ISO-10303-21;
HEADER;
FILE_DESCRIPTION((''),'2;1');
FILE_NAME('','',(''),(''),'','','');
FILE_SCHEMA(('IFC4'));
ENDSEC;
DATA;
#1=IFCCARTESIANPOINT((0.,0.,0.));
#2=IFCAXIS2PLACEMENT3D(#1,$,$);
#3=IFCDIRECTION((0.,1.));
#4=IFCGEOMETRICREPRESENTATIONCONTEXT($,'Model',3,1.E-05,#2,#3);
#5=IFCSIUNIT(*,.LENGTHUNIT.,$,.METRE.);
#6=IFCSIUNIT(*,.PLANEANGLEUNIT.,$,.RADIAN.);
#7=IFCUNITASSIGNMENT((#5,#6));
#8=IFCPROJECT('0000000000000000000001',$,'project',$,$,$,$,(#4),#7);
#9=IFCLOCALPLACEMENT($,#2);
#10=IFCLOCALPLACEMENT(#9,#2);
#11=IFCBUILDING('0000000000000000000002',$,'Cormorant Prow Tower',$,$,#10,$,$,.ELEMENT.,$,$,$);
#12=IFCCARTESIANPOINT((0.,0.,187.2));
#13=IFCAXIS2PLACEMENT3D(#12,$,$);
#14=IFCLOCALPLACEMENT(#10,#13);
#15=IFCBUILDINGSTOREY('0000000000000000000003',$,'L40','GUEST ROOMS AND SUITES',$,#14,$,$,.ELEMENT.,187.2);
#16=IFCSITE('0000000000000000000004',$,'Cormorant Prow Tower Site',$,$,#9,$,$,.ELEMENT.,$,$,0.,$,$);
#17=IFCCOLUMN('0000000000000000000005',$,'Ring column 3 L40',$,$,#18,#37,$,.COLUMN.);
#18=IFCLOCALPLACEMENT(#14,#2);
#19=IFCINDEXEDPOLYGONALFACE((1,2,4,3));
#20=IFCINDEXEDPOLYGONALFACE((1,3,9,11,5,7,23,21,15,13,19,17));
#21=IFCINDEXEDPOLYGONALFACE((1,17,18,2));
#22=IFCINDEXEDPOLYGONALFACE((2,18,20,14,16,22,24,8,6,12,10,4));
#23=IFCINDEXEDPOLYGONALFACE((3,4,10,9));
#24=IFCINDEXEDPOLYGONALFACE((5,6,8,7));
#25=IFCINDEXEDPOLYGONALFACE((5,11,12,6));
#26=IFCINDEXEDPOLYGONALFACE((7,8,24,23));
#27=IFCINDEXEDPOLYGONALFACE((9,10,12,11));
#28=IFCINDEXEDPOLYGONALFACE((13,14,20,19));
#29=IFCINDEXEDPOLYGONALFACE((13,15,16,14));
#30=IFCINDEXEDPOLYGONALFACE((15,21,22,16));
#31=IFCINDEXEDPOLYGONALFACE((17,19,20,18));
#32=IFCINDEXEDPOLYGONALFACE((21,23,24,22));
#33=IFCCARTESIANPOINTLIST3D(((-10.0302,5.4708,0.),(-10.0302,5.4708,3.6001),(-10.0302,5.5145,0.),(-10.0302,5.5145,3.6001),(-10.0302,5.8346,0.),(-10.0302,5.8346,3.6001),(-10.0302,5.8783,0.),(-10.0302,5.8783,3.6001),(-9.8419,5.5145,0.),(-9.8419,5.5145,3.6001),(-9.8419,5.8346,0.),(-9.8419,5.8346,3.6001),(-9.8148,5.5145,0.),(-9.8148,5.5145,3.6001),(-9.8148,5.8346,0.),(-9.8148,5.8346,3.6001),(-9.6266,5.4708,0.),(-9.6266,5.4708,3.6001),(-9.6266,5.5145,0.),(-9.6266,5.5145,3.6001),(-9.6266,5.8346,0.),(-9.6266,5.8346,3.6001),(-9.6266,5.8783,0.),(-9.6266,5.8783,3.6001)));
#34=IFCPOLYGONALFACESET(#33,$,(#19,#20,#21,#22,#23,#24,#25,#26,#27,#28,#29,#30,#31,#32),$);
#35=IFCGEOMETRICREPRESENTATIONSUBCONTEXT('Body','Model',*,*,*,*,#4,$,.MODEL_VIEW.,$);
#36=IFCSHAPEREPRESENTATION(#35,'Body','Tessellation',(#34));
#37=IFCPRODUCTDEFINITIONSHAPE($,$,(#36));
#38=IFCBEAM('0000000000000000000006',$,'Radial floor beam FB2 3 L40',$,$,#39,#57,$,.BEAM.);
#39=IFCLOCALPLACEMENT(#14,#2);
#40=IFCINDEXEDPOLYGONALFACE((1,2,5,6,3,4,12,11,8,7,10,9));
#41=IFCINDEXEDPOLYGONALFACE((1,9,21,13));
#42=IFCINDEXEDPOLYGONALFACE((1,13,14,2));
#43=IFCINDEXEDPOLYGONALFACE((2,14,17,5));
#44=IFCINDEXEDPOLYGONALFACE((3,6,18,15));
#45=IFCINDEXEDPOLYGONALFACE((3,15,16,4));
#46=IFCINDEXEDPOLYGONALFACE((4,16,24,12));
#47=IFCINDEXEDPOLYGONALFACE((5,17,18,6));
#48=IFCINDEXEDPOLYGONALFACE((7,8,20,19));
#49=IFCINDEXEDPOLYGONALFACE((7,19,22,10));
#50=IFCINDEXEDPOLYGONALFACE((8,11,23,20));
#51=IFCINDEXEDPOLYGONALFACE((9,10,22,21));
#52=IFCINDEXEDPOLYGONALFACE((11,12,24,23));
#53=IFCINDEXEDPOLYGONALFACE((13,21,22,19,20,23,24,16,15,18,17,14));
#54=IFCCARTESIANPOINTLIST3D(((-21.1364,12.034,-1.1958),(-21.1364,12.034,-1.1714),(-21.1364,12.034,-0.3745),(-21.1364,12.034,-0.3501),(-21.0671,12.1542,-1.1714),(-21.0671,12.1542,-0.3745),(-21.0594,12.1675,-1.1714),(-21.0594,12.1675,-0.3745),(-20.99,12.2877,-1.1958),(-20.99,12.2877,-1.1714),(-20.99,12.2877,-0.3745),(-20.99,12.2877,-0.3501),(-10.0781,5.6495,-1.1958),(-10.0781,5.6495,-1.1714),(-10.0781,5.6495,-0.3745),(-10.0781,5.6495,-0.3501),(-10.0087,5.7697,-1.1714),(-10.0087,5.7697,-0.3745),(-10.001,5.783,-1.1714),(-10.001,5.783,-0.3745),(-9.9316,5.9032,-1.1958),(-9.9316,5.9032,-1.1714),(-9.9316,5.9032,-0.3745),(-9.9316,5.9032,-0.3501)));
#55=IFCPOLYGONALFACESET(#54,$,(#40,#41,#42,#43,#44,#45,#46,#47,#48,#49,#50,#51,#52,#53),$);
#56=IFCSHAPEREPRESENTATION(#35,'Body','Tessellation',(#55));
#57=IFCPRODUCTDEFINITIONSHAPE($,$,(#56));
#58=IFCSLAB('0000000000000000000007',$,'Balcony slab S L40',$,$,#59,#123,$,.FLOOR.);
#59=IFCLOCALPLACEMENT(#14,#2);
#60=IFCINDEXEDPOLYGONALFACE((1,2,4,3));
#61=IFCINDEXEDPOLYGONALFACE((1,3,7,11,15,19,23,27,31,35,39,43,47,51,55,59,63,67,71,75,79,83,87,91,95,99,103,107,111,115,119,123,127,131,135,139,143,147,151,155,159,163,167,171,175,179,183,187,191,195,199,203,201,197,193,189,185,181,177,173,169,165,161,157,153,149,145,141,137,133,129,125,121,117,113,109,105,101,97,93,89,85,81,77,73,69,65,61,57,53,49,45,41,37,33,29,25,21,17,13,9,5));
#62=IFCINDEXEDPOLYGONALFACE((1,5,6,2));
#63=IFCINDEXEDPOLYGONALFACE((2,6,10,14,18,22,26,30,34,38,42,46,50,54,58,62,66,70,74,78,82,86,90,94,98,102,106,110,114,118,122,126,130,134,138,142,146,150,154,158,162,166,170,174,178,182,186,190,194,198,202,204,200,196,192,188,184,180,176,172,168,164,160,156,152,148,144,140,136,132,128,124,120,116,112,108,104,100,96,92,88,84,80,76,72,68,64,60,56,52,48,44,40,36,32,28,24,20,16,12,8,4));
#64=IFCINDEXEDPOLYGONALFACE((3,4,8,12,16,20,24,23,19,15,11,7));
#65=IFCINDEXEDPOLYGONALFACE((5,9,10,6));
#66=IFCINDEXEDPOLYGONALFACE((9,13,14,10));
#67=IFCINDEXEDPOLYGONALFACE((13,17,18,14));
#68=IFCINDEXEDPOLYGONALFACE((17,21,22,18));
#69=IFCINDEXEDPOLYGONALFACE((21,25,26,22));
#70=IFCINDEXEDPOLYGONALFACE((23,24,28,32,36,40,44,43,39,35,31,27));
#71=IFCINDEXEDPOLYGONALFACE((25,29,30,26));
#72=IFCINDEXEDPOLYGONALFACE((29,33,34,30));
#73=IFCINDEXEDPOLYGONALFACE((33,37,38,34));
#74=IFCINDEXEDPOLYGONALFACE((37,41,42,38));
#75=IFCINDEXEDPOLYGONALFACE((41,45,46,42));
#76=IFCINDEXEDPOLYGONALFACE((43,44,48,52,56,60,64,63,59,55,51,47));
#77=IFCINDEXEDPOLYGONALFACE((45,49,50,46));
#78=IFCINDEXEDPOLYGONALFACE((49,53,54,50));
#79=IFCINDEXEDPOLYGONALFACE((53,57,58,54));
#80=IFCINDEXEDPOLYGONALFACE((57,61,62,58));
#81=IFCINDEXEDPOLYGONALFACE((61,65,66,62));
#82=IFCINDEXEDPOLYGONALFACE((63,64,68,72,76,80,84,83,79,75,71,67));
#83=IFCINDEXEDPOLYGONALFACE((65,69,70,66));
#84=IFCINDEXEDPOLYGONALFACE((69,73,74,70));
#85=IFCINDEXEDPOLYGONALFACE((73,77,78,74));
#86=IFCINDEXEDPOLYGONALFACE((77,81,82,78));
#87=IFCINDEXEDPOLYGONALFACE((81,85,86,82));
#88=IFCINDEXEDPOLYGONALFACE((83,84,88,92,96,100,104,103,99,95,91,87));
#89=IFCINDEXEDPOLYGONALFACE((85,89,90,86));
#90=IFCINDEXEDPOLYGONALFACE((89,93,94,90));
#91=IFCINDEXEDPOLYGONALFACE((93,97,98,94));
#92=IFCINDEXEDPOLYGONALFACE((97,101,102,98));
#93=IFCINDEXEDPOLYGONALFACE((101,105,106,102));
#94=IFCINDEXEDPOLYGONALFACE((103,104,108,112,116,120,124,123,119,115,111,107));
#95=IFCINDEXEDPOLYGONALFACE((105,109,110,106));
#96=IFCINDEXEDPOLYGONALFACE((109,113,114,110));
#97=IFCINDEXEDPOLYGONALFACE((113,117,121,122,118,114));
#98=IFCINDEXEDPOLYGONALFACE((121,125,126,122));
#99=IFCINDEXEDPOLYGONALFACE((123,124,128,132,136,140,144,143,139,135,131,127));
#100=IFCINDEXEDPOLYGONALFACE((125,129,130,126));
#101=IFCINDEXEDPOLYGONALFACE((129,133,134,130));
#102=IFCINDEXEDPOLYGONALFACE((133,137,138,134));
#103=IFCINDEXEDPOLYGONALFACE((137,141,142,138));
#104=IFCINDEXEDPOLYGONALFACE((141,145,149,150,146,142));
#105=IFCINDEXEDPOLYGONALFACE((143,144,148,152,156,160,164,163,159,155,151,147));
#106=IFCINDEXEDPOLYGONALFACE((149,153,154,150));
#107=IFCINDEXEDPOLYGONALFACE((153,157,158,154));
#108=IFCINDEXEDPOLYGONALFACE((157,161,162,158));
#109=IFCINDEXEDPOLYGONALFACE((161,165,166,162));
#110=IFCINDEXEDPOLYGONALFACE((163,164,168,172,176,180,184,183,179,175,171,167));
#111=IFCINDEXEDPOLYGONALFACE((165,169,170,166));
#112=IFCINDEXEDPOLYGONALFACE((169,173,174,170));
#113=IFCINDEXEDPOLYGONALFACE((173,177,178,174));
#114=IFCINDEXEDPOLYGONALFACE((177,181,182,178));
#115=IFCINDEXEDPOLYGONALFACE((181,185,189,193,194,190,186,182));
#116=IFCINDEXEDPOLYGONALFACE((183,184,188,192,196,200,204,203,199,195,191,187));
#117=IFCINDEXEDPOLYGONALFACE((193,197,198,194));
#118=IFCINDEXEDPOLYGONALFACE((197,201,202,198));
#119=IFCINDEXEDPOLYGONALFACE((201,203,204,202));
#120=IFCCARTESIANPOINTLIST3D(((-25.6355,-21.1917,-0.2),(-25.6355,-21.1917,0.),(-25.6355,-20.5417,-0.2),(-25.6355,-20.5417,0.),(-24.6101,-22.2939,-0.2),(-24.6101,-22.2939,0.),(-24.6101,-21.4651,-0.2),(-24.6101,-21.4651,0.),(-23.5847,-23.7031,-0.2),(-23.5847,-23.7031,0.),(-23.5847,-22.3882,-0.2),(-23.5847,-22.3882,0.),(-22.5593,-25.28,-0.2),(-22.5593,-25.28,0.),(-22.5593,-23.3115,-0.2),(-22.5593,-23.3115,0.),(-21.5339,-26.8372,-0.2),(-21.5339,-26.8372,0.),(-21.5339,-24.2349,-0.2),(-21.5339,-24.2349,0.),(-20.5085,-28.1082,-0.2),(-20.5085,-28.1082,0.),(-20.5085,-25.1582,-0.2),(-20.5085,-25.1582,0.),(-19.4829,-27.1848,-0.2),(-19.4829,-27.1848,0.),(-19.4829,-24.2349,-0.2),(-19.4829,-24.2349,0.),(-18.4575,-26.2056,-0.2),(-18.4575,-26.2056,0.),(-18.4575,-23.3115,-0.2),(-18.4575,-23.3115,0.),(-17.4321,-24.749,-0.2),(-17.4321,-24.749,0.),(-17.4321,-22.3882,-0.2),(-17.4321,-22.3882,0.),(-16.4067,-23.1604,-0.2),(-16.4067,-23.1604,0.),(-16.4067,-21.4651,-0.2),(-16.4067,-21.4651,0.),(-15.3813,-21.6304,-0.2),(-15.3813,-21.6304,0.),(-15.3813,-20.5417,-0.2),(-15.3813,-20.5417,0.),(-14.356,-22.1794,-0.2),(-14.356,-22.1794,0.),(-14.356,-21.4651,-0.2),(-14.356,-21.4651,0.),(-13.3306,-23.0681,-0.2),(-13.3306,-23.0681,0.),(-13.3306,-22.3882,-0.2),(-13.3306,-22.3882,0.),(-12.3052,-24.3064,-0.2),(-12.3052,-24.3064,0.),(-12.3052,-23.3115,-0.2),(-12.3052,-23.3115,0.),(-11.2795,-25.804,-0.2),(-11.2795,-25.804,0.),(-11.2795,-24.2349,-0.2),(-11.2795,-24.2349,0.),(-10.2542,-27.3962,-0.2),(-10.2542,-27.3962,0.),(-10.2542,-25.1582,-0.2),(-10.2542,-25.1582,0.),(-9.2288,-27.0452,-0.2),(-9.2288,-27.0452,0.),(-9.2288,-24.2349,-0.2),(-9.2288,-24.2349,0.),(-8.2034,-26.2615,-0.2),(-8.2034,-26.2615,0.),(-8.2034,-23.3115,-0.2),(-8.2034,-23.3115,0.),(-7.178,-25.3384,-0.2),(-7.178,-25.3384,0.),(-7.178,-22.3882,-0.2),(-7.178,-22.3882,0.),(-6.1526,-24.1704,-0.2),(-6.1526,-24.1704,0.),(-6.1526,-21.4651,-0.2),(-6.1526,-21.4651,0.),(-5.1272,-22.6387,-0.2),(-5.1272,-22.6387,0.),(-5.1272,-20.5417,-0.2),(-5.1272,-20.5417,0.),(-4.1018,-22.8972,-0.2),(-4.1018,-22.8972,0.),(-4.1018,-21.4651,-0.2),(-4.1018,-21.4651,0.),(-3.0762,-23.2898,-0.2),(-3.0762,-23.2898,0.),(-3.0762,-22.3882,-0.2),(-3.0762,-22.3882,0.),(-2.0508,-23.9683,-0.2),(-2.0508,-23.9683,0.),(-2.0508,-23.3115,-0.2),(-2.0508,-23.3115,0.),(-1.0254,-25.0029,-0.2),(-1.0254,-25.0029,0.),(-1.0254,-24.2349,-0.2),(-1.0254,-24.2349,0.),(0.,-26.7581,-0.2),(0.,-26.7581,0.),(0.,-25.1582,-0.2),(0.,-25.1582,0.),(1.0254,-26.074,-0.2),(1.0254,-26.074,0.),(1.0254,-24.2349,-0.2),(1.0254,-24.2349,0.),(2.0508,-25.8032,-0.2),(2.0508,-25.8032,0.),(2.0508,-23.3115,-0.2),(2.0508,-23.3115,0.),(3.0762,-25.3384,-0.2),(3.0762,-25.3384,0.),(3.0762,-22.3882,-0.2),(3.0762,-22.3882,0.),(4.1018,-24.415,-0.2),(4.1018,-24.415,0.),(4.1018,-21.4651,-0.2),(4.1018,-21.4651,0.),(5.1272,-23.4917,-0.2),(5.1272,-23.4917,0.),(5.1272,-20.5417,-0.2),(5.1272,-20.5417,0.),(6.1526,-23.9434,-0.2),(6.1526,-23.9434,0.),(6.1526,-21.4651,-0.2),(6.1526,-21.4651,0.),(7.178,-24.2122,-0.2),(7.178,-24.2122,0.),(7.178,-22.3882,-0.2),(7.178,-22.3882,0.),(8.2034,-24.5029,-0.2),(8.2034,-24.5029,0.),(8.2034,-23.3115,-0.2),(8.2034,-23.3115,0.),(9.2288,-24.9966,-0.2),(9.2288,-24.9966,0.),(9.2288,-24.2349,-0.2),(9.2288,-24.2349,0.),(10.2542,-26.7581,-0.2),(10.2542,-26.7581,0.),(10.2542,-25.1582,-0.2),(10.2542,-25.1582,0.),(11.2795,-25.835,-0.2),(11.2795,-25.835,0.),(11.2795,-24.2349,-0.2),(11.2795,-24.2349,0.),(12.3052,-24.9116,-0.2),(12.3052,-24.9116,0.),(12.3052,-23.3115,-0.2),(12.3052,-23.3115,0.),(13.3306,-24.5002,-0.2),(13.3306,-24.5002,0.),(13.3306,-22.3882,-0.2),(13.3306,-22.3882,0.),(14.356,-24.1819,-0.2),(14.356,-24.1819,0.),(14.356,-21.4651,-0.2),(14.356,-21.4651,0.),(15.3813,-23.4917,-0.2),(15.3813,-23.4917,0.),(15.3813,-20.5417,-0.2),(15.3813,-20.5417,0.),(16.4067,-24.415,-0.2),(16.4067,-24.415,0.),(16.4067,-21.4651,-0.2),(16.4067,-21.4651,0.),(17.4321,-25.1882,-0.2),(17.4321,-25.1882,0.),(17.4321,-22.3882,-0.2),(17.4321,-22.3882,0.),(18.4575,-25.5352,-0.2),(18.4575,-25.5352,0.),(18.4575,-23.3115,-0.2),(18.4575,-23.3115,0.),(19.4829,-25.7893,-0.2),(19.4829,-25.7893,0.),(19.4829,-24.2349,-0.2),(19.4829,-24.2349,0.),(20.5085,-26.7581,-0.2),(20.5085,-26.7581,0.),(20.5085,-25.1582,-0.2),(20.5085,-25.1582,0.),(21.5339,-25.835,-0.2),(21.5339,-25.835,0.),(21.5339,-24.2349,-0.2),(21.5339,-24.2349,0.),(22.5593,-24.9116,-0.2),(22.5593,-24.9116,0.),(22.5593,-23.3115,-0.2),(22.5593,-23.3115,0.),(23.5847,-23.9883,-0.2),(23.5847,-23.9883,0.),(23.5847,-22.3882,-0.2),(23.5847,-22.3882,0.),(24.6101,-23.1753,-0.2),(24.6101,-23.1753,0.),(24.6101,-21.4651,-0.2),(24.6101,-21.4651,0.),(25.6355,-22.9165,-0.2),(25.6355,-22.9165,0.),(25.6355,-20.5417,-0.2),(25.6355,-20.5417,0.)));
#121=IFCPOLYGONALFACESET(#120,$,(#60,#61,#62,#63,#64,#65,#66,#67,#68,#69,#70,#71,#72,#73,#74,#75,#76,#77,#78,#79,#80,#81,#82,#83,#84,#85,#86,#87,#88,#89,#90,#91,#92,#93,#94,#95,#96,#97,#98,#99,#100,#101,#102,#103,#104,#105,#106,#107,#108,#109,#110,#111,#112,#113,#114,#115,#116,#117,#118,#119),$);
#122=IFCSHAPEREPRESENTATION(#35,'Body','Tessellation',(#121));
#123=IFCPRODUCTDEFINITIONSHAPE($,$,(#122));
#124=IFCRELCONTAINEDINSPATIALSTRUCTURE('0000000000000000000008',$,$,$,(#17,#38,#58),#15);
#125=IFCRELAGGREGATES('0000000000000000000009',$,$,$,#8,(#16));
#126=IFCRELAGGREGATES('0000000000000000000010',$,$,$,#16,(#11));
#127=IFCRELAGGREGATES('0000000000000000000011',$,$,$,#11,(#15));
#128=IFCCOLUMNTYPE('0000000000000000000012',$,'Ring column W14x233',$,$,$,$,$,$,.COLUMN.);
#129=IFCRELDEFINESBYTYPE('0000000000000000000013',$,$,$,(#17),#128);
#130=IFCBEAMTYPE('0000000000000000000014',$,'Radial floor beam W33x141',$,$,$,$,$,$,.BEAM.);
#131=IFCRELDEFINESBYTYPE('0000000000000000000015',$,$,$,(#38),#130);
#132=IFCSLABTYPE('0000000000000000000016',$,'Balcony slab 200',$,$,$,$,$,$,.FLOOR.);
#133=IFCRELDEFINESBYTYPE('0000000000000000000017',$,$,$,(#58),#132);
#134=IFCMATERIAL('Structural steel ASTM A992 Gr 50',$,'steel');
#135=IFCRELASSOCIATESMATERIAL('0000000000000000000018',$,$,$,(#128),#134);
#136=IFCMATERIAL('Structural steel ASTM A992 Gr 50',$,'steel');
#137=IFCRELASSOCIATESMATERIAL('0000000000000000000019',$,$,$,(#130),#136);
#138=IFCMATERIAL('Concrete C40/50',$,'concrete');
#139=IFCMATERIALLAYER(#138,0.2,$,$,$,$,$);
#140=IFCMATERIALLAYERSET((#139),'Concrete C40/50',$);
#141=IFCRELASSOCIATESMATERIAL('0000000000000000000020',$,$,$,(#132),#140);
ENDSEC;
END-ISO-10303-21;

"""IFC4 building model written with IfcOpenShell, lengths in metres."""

from ifc_helpers import new_model, si_unit, direction, frame, origin, origin_2d, place, context, subcontext, project, spatial, polyline, i_section, outline, extrude, material, layer, layer_set, material_profile, profile_set, type_object, element, save


model = new_model("IFC4")

# Units and contexts
model_context = context("Model", 3, precision=1e-05, world=origin(), true_north=direction((0.0, 1.0)))
body_context = subcontext(model_context, "Body", "Model", "MODEL_VIEW")
ifc_project = project(units=[si_unit("LENGTHUNIT", "METRE"), si_unit("PLANEANGLEUNIT", "RADIAN")], contexts=[model_context])

# Site, building, storey
site_placement = place(None, origin())
site = spatial("IfcSite", under=ifc_project, at=site_placement, Name="Cormorant Prow Tower Site", CompositionType="ELEMENT", RefElevation=0.0)
building_placement = place(site_placement, origin())
building = spatial("IfcBuilding", under=site, at=building_placement, Name="Cormorant Prow Tower", CompositionType="ELEMENT")
storey_placement = place(building_placement, frame((0.0, 0.0, 187.2)))
storey = spatial("IfcBuildingStorey", under=building, at=storey_placement, Name="L40", Description="GUEST ROOMS AND SUITES", CompositionType="ELEMENT", Elevation=187.2)

# Column
ifc_material_1 = material(Name="Structural steel ASTM A992 Gr 50", Category="steel")
ifc_material_profile_1 = material_profile(ifc_material_1, i_section(OverallWidth=0.4036, OverallDepth=0.4075, WebThickness=0.0271, FlangeThickness=0.0437, at=origin_2d()), Name="W14x233")
ifc_profile_set_1 = profile_set([ifc_material_profile_1], Name="Structural steel ASTM A992 Gr 50")
column_type = type_object("IfcColumnType", Name="Ring column W14x233", PredefinedType="COLUMN", material=ifc_profile_set_1)
column_placement = place(storey_placement, frame((-9.8284, 5.6746, 0.0), z_axis=(0.0, 0.0, 1.0), x_axis=(1.0, 0.0, 0.0)))
element("IfcColumn", 1, at=column_placement, inside=storey, type_object=column_type, Name="Ring column 3 L40", PredefinedType="COLUMN", context=body_context, shape_type="SweptSolid", body=[
    extrude(i_section(OverallWidth=0.4036, OverallDepth=0.4075, WebThickness=0.0271, FlangeThickness=0.0437, at=origin_2d()), origin(), (0.0, 0.0, 1.0), 3.6001),
])

# Beam
ifc_material_2 = material(Name="Structural steel ASTM A992 Gr 50", Category="steel")
ifc_material_profile_2 = material_profile(ifc_material_2, i_section(OverallWidth=0.293, OverallDepth=0.8457, WebThickness=0.0154, FlangeThickness=0.0244, at=origin_2d()), Name="W33x141")
ifc_profile_set_2 = profile_set([ifc_material_profile_2], Name="Structural steel ASTM A992 Gr 50")
beam_type = type_object("IfcBeamType", Name="Radial floor beam W33x141", PredefinedType="BEAM", material=ifc_profile_set_2)
beam_placement = place(storey_placement, frame((-10.0049, 5.7764, -0.7729), z_axis=(-0.866026, 0.499999, 0.0), x_axis=(-0.499999, -0.866026, 0.0)))
element("IfcBeam", 2, at=beam_placement, inside=storey, type_object=beam_type, Name="Radial floor beam FB2 3 L40", PredefinedType="BEAM", context=body_context, shape_type="SweptSolid", body=[
    extrude(i_section(OverallWidth=0.293, OverallDepth=0.8457, WebThickness=0.0154, FlangeThickness=0.0244, at=origin_2d()), origin(), (0.0, 0.0, 1.0), 12.769),
])

# Slab
ifc_material_3 = material(Name="Concrete C40/50", Category="concrete")
ifc_layer_1 = layer(ifc_material_3, 0.2)
ifc_layer_set_1 = layer_set([ifc_layer_1], Name="Concrete C40/50")
slab_type_1 = type_object("IfcSlabType", Name="Balcony slab 200", PredefinedType="FLOOR", material=ifc_layer_set_1)
slab_1_placement = place(storey_placement, frame((0.0, 0.0, -0.2)))
element("IfcSlab", 3, at=slab_1_placement, inside=storey, type_object=slab_type_1, Name="Balcony slab S L40", PredefinedType="FLOOR", context=body_context, shape_type="SweptSolid", body=[
    extrude(outline(polyline([(-25.6355, -20.5417), (-25.6355, -21.1917), (-24.6101, -22.2939), (-23.5847, -23.7031), (-22.5593, -25.28), (-21.5339, -26.8372), (-20.5085, -28.1082), (-19.4829, -27.1848), (-18.4575, -26.2056), (-17.4321, -24.749), (-16.4067, -23.1604), (-15.3813, -21.6304), (-14.356, -22.1794), (-13.3306, -23.0681), (-12.3052, -24.3064), (-11.2795, -25.804), (-10.2542, -27.3962), (-9.2288, -27.0452), (-8.2034, -26.2615), (-7.178, -25.3384), (-6.1526, -24.1704), (-5.1272, -22.6387), (-4.1018, -22.8972), (-3.0762, -23.2898), (-2.0508, -23.9683), (-1.0254, -25.0029), (0.0, -26.7581), (1.0254, -26.074), (2.0508, -25.8032), (3.0762, -25.3384), (4.1018, -24.415), (5.1272, -23.4917), (6.1526, -23.9434), (7.178, -24.2122), (8.2034, -24.5029), (9.2288, -24.9966), (10.2542, -26.7581), (11.2795, -25.835), (12.3052, -24.9116), (13.3306, -24.5002), (14.356, -24.1819), (15.3813, -23.4917), (16.4067, -24.415), (17.4321, -25.1882), (18.4575, -25.5352), (19.4829, -25.7893), (20.5085, -26.7581), (21.5339, -25.835), (22.5593, -24.9116), (23.5847, -23.9883), (24.6101, -23.1753), (25.6355, -22.9165), (25.6355, -20.5417), (24.6101, -21.4651), (23.5847, -22.3882), (22.5593, -23.3115), (21.5339, -24.2349), (20.5085, -25.1582), (19.4829, -24.2349), (18.4575, -23.3115), (17.4321, -22.3882), (16.4067, -21.4651), (15.3813, -20.5417), (14.356, -21.4651), (13.3306, -22.3882), (12.3052, -23.3115), (11.2795, -24.2349), (10.2542, -25.1582), (9.2288, -24.2349), (8.2034, -23.3115), (7.178, -22.3882), (6.1526, -21.4651), (5.1272, -20.5417), (4.1018, -21.4651), (3.0762, -22.3882), (2.0508, -23.3115), (1.0254, -24.2349), (0.0, -25.1582), (-1.0254, -24.2349), (-2.0508, -23.3115), (-3.0762, -22.3882), (-4.1018, -21.4651), (-5.1272, -20.5417), (-6.1526, -21.4651), (-7.178, -22.3882), (-8.2034, -23.3115), (-9.2288, -24.2349), (-10.2542, -25.1582), (-11.2795, -24.2349), (-12.3052, -23.3115), (-13.3306, -22.3882), (-14.356, -21.4651), (-15.3813, -20.5417), (-16.4067, -21.4651), (-17.4321, -22.3882), (-18.4575, -23.3115), (-19.4829, -24.2349), (-20.5085, -25.1582), (-21.5339, -24.2349), (-22.5593, -23.3115), (-23.5847, -22.3882), (-24.6101, -21.4651), (-25.6355, -20.5417)])), origin(), (0.0, 0.0, 1.0), 0.2),
])

save(model, "model.ifc")
